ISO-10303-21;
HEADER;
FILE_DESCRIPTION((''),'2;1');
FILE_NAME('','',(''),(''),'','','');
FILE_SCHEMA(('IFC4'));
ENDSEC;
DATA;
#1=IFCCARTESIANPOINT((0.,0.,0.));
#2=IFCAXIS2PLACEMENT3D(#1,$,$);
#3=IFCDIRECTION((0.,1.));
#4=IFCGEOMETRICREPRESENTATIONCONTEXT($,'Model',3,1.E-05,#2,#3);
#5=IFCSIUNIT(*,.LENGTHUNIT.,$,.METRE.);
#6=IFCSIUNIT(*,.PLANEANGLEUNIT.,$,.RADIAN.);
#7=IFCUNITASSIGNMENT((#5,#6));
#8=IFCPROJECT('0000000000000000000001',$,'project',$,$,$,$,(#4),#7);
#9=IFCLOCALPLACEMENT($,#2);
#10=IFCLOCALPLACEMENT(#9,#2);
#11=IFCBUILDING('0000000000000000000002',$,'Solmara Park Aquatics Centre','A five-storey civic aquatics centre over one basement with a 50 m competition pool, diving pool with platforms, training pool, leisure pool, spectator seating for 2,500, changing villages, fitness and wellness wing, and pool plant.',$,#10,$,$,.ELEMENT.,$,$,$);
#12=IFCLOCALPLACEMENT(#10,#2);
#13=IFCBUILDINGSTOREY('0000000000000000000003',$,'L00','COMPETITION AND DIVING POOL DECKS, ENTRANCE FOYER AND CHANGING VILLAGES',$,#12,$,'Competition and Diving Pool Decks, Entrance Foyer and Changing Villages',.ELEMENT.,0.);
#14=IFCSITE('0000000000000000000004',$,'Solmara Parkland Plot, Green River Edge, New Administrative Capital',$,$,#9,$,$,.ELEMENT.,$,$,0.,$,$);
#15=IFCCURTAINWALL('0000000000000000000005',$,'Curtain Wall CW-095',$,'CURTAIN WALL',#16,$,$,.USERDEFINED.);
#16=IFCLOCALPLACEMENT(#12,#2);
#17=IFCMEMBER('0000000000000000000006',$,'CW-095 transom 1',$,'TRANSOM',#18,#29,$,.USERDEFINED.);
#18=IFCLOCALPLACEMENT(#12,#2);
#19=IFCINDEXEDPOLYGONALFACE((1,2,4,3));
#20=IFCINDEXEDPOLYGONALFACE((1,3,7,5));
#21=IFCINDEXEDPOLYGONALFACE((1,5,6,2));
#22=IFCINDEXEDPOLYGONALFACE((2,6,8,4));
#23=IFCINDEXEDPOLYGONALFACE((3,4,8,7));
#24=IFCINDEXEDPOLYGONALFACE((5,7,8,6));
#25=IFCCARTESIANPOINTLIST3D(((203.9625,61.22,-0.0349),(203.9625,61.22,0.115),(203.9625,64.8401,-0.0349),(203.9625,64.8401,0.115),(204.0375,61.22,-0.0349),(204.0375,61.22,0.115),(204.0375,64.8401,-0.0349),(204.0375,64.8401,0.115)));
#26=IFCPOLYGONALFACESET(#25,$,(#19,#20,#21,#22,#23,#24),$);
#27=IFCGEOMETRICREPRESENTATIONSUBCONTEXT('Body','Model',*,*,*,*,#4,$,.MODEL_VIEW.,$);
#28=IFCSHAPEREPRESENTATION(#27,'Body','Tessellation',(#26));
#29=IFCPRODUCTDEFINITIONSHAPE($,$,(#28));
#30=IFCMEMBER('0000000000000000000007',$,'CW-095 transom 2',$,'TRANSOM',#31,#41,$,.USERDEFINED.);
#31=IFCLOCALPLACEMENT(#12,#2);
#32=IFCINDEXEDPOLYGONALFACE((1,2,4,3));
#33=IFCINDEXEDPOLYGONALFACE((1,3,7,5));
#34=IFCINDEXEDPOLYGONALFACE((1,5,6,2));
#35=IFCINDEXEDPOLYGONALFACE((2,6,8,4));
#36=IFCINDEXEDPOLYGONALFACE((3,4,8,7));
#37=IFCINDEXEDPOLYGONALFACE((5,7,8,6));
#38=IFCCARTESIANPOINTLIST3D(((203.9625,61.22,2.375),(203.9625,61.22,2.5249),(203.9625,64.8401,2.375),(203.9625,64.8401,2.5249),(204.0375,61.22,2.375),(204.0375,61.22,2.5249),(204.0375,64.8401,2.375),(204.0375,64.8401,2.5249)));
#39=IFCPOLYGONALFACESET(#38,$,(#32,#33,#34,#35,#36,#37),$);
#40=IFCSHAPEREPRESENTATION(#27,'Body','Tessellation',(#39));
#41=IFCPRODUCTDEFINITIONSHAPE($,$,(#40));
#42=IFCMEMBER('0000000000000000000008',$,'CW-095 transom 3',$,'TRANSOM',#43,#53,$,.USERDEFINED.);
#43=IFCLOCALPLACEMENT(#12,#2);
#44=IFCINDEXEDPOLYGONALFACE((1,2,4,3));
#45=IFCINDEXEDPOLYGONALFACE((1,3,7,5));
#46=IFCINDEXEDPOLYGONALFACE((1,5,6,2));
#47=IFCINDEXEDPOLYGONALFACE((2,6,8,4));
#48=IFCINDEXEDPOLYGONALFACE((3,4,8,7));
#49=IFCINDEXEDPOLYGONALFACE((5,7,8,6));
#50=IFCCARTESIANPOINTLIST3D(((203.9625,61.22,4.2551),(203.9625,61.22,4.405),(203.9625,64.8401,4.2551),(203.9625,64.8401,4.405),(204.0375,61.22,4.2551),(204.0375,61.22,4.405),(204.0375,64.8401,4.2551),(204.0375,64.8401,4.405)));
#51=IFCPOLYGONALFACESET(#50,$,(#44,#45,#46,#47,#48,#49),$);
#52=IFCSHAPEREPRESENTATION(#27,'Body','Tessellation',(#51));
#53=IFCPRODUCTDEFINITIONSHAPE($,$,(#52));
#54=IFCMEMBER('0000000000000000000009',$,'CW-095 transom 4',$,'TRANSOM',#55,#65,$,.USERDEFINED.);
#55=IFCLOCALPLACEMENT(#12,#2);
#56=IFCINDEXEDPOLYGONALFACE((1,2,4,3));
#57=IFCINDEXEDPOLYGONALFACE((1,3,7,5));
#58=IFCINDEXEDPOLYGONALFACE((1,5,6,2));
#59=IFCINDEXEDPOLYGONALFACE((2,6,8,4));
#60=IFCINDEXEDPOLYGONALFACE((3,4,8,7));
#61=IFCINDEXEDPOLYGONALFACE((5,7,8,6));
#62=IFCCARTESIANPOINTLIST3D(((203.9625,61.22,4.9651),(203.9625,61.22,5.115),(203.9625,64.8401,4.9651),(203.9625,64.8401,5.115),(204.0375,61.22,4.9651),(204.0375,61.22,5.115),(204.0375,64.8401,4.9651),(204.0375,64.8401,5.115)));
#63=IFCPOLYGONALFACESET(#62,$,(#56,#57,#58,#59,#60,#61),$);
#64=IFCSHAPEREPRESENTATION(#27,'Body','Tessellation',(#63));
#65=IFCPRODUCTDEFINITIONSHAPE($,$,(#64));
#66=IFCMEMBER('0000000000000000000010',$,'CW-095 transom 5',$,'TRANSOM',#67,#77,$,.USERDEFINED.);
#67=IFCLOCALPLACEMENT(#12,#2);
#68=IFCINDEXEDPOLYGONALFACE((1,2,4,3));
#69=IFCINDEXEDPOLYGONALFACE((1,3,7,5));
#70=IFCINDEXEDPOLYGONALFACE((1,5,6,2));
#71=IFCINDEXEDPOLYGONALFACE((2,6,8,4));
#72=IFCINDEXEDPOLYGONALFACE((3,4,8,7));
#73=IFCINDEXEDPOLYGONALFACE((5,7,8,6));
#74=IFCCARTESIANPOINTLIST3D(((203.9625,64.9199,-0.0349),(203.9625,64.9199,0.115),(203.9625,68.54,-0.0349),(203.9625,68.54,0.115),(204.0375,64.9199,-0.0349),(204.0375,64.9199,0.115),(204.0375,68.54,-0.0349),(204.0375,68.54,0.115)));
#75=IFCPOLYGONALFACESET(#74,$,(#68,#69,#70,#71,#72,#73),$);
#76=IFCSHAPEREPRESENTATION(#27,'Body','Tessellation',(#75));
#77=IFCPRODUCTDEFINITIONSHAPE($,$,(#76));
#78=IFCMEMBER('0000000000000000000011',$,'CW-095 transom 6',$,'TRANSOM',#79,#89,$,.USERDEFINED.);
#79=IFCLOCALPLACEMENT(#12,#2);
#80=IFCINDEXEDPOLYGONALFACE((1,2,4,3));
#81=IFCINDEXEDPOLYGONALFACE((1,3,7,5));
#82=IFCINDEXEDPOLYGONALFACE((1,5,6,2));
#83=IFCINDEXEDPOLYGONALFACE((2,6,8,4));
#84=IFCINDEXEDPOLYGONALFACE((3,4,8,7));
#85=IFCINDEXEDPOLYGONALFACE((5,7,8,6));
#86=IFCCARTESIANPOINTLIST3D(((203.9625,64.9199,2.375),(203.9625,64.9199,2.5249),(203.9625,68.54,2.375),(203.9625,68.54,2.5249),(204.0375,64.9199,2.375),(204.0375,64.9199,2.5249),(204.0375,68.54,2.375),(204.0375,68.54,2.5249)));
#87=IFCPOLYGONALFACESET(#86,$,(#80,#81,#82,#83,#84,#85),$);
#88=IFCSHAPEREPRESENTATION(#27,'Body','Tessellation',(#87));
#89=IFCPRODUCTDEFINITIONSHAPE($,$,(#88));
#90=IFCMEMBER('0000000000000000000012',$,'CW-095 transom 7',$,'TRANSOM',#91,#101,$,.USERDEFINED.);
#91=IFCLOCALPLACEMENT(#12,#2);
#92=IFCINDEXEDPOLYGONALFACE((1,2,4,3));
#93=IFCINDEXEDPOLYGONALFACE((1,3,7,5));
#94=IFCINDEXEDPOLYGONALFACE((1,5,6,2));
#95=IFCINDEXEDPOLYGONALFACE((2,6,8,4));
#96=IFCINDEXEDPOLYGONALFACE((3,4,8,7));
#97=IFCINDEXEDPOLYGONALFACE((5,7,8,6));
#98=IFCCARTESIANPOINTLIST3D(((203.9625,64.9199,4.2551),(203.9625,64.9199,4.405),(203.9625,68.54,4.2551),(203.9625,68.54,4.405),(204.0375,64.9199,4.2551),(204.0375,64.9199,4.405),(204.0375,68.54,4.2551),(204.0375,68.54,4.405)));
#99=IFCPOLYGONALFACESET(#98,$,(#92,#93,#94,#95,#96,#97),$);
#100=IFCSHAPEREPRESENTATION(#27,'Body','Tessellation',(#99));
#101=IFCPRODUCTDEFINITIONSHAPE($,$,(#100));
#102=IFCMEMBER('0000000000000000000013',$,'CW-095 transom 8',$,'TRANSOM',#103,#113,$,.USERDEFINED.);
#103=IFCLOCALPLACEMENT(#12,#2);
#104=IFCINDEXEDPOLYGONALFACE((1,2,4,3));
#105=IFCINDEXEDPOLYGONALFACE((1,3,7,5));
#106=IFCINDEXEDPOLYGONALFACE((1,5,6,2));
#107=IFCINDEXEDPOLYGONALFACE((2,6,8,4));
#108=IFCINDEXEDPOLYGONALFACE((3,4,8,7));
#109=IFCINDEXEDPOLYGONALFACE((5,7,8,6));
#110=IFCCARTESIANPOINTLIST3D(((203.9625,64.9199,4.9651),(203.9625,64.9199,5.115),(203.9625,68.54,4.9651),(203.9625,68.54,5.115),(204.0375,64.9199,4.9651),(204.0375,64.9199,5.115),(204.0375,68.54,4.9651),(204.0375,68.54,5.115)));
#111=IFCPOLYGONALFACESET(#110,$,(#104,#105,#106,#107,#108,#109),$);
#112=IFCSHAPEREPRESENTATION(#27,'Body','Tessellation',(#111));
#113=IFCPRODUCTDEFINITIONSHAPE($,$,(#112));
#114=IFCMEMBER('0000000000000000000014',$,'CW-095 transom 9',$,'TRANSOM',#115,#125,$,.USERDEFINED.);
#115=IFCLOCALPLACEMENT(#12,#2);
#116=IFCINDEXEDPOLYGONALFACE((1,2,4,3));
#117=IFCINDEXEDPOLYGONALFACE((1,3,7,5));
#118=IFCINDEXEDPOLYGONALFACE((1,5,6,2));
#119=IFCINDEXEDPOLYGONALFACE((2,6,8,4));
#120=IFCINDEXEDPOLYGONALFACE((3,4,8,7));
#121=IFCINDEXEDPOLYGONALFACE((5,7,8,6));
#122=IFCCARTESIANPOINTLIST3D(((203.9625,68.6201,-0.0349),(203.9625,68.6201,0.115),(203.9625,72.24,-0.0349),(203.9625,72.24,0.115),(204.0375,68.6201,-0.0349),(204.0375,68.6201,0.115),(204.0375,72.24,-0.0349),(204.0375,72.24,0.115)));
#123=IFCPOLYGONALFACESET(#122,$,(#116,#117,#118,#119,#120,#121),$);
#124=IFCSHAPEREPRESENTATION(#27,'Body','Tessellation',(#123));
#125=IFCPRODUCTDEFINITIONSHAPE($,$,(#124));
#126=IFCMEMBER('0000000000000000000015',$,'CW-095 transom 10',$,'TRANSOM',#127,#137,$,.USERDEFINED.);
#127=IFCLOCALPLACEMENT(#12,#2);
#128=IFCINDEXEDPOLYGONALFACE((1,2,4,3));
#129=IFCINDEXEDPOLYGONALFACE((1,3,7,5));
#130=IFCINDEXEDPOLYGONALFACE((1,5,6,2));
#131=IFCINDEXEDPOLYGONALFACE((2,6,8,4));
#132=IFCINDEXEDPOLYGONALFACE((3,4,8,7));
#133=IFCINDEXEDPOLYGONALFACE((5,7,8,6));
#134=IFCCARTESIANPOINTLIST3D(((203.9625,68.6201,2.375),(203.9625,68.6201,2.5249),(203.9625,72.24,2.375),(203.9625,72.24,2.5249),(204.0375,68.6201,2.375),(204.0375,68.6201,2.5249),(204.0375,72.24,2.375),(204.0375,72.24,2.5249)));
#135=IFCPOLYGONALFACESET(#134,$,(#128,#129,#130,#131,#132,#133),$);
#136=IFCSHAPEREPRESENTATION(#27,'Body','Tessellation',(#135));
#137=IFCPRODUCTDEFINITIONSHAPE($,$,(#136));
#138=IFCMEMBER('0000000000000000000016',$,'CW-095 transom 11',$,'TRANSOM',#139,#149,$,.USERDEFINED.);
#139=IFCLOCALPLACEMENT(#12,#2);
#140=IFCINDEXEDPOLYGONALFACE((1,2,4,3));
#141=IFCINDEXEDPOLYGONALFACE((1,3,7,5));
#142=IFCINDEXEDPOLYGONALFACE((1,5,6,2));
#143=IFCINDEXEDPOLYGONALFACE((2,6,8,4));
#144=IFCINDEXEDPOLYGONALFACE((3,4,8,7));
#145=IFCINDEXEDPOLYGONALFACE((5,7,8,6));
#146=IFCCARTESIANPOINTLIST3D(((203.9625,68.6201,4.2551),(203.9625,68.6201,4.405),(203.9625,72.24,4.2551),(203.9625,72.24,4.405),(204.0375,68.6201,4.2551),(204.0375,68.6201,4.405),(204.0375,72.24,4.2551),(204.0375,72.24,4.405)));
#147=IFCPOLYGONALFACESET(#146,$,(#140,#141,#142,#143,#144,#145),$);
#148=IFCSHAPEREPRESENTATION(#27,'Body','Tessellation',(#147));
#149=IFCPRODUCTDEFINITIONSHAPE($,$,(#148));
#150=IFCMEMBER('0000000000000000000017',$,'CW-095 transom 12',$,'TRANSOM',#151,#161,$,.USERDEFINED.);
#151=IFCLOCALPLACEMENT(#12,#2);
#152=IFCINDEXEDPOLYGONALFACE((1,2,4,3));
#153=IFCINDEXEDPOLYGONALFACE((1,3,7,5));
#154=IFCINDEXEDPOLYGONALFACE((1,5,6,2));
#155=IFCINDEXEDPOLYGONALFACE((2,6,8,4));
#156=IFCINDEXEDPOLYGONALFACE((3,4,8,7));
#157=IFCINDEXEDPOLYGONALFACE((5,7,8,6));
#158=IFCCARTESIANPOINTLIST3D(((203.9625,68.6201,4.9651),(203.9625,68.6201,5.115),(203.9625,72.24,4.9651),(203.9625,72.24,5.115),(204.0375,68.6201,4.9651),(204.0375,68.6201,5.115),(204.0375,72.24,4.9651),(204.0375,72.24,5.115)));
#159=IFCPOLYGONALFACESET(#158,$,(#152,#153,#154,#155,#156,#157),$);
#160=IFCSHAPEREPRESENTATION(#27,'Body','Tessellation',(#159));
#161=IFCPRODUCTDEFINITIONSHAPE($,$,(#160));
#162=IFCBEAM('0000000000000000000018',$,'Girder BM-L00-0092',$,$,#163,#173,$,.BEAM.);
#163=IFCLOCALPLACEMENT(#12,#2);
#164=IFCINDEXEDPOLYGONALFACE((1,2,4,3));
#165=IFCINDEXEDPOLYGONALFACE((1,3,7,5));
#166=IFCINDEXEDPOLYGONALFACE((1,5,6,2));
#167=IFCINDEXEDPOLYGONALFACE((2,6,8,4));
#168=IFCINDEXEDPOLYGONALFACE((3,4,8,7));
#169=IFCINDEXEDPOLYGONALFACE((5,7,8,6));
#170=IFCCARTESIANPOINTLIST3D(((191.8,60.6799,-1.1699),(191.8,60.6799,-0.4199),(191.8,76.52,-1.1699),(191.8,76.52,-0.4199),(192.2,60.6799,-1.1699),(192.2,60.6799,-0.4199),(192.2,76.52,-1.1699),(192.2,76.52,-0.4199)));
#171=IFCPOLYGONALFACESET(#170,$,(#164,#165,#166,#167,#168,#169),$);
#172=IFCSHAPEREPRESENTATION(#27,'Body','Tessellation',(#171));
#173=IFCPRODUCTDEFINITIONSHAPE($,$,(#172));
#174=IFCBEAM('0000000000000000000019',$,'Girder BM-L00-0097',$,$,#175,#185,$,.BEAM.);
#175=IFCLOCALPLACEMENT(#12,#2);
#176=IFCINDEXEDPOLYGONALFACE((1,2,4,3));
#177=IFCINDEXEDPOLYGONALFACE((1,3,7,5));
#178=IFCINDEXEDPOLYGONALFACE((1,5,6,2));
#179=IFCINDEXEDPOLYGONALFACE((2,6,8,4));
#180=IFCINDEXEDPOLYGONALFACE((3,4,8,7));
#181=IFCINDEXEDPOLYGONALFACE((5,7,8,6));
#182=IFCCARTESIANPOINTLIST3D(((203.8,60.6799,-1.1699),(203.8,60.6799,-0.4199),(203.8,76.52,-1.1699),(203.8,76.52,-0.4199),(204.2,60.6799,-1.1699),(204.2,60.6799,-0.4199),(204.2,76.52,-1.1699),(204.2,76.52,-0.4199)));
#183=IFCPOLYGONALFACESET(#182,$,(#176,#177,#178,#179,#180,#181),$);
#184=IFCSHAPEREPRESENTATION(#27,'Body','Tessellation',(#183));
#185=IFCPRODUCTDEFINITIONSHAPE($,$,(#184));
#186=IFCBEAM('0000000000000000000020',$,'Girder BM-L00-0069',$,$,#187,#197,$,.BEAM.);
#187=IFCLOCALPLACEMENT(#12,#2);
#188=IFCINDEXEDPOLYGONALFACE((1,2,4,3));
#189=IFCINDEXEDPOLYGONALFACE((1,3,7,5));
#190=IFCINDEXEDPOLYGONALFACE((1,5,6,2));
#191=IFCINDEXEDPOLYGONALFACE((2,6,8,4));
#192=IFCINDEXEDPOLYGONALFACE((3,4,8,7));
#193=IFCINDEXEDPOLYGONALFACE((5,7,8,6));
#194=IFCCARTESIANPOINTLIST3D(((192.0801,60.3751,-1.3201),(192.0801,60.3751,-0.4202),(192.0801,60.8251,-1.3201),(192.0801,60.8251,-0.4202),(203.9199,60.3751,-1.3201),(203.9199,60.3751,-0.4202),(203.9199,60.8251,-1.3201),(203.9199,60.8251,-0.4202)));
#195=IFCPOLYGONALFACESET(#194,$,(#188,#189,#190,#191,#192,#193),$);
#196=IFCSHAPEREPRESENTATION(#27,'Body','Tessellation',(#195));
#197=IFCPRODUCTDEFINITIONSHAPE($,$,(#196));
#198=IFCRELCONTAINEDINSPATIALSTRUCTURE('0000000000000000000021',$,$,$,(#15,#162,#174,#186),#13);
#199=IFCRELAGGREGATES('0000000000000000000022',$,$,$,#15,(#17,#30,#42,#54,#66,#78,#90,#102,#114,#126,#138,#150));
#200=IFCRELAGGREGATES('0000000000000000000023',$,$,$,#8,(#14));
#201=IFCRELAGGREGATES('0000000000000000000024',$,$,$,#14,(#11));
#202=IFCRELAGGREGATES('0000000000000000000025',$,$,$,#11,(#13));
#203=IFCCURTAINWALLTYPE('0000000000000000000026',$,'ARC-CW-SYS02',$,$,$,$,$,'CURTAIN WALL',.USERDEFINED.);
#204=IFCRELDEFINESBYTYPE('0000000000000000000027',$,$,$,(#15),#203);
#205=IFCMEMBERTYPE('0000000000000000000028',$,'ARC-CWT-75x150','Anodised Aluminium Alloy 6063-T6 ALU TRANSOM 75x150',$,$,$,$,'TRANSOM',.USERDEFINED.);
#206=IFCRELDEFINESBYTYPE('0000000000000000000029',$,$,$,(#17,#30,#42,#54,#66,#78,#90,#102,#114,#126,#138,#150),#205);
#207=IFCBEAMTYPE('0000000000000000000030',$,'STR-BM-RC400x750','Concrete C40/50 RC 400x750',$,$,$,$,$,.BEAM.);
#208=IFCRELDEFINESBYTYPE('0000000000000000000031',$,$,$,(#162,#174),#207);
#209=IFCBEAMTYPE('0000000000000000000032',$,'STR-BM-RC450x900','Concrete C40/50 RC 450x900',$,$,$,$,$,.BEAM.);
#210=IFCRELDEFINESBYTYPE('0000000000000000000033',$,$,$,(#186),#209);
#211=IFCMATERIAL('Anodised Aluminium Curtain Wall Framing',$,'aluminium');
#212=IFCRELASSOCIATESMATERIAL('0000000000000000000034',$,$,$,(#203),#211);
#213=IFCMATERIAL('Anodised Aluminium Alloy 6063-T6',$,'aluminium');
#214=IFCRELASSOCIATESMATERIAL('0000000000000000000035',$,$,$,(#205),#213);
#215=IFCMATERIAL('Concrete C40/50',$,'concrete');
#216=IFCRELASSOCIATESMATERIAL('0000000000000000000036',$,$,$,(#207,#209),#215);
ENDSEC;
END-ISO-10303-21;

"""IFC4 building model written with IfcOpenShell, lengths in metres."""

from ifc_helpers import new_model, si_unit, direction, frame, origin, origin_2d, place, context, subcontext, project, spatial, rectangle, extrude, material, material_profile, profile_set, type_object, element, aggregate, save


model = new_model("IFC4")

# Units and contexts
model_context = context("Model", 3, precision=1e-05, world=origin(), true_north=direction((0.0, 1.0)))
body_context = subcontext(model_context, "Body", "Model", "MODEL_VIEW")
ifc_project = project(units=[si_unit("LENGTHUNIT", "METRE"), si_unit("PLANEANGLEUNIT", "RADIAN")], contexts=[model_context])

# Site, building, storey
site_placement = place(None, origin())
site = spatial("IfcSite", under=ifc_project, at=site_placement, Name="Solmara Parkland Plot, Green River Edge, New Administrative Capital", CompositionType="ELEMENT", RefElevation=0.0)
building_placement = place(site_placement, origin())
building = spatial("IfcBuilding", under=site, at=building_placement, Name="Solmara Park Aquatics Centre", Description="A five-storey civic aquatics centre over one basement with a 50 m competition pool, diving pool with platforms, training pool, leisure pool, spectator seating for 2,500, changing villages, fitness and wellness wing, and pool plant.", CompositionType="ELEMENT")
storey_placement = place(building_placement, origin())
storey = spatial("IfcBuildingStorey", under=building, at=storey_placement, Name="L00", Description="COMPETITION AND DIVING POOL DECKS, ENTRANCE FOYER AND CHANGING VILLAGES", LongName="Competition and Diving Pool Decks, Entrance Foyer and Changing Villages", CompositionType="ELEMENT", Elevation=0.0)

# Shared definitions
ifc_material_1 = material(Name="Concrete C40/50", Category="concrete")

# Shared definitions
ifc_material_2 = material(Name="Anodised Aluminium Curtain Wall Framing", Category="aluminium")
curtain_wall_type = type_object("IfcCurtainWallType", Name="ARC-CW-SYS02", ElementType="CURTAIN WALL", PredefinedType="USERDEFINED", material=ifc_material_2)
ifc_material_3 = material(Name="Anodised Aluminium Alloy 6063-T6", Category="aluminium")

# Curtain wall
curtain_wall_1_placement = place(storey_placement, origin())
curtain_wall_1 = element("IfcCurtainWall", 1, at=curtain_wall_1_placement, inside=storey, type_object=curtain_wall_type, Name="Curtain Wall CW-095", ObjectType="CURTAIN WALL", PredefinedType="USERDEFINED")

# Members
ifc_material_profile_1 = material_profile(ifc_material_3, rectangle(XDim=0.075, YDim=0.1499, at=origin_2d()), Name="ALU TRANSOM 75x150")
ifc_profile_set_1 = profile_set([ifc_material_profile_1], Name="Anodised Aluminium Alloy 6063-T6")
member_type_1 = type_object("IfcMemberType", Name="ARC-CWT-75x150", Description="Anodised Aluminium Alloy 6063-T6 ALU TRANSOM 75x150", ElementType="TRANSOM", PredefinedType="USERDEFINED", material=ifc_profile_set_1)
member_1_placement = place(storey_placement, frame((204.0, 61.22, 0.04), z_axis=(0.0, 1.0, 0.0), x_axis=(-1.0, 0.0, 0.0)))
member_1 = element("IfcMember", 2, at=member_1_placement, type_object=member_type_1, Name="CW-095 transom 1", ObjectType="TRANSOM", PredefinedType="USERDEFINED", context=body_context, shape_type="SweptSolid", body=[
    extrude(rectangle(XDim=0.075, YDim=0.1499, at=origin_2d()), origin(), (0.0, 0.0, 1.0), 3.6201),
])
member_2_placement = place(storey_placement, frame((204.0, 61.22, 2.45), z_axis=(0.0, 1.0, 0.0), x_axis=(-1.0, 0.0, 0.0)))
member_2 = element("IfcMember", 3, at=member_2_placement, type_object=member_type_1, Name="CW-095 transom 2", ObjectType="TRANSOM", PredefinedType="USERDEFINED", context=body_context, shape_type="SweptSolid", body=[
    extrude(rectangle(XDim=0.075, YDim=0.1499, at=origin_2d()), origin(), (0.0, 0.0, 1.0), 3.6201),
])
member_3_placement = place(storey_placement, frame((204.0, 61.22, 4.3301), z_axis=(0.0, 1.0, 0.0), x_axis=(-1.0, 0.0, 0.0)))
member_3 = element("IfcMember", 4, at=member_3_placement, type_object=member_type_1, Name="CW-095 transom 3", ObjectType="TRANSOM", PredefinedType="USERDEFINED", context=body_context, shape_type="SweptSolid", body=[
    extrude(rectangle(XDim=0.075, YDim=0.1499, at=origin_2d()), origin(), (0.0, 0.0, 1.0), 3.6201),
])
member_4_placement = place(storey_placement, frame((204.0, 61.22, 5.04), z_axis=(0.0, 1.0, 0.0), x_axis=(-1.0, 0.0, 0.0)))
member_4 = element("IfcMember", 5, at=member_4_placement, type_object=member_type_1, Name="CW-095 transom 4", ObjectType="TRANSOM", PredefinedType="USERDEFINED", context=body_context, shape_type="SweptSolid", body=[
    extrude(rectangle(XDim=0.075, YDim=0.1499, at=origin_2d()), origin(), (0.0, 0.0, 1.0), 3.6201),
])
member_5_placement = place(storey_placement, frame((204.0, 64.9199, 0.04), z_axis=(0.0, 1.0, 0.0), x_axis=(-1.0, 0.0, 0.0)))
member_5 = element("IfcMember", 6, at=member_5_placement, type_object=member_type_1, Name="CW-095 transom 5", ObjectType="TRANSOM", PredefinedType="USERDEFINED", context=body_context, shape_type="SweptSolid", body=[
    extrude(rectangle(XDim=0.075, YDim=0.1499, at=origin_2d()), origin(), (0.0, 0.0, 1.0), 3.6201),
])
member_6_placement = place(storey_placement, frame((204.0, 64.9199, 2.45), z_axis=(0.0, 1.0, 0.0), x_axis=(-1.0, 0.0, 0.0)))
member_6 = element("IfcMember", 7, at=member_6_placement, type_object=member_type_1, Name="CW-095 transom 6", ObjectType="TRANSOM", PredefinedType="USERDEFINED", context=body_context, shape_type="SweptSolid", body=[
    extrude(rectangle(XDim=0.075, YDim=0.1499, at=origin_2d()), origin(), (0.0, 0.0, 1.0), 3.6201),
])
member_7_placement = place(storey_placement, frame((204.0, 64.9199, 4.3301), z_axis=(0.0, 1.0, 0.0), x_axis=(-1.0, 0.0, 0.0)))
member_7 = element("IfcMember", 8, at=member_7_placement, type_object=member_type_1, Name="CW-095 transom 7", ObjectType="TRANSOM", PredefinedType="USERDEFINED", context=body_context, shape_type="SweptSolid", body=[
    extrude(rectangle(XDim=0.075, YDim=0.1499, at=origin_2d()), origin(), (0.0, 0.0, 1.0), 3.6201),
])
member_8_placement = place(storey_placement, frame((204.0, 64.9199, 5.04), z_axis=(0.0, 1.0, 0.0), x_axis=(-1.0, 0.0, 0.0)))
member_8 = element("IfcMember", 9, at=member_8_placement, type_object=member_type_1, Name="CW-095 transom 8", ObjectType="TRANSOM", PredefinedType="USERDEFINED", context=body_context, shape_type="SweptSolid", body=[
    extrude(rectangle(XDim=0.075, YDim=0.1499, at=origin_2d()), origin(), (0.0, 0.0, 1.0), 3.6201),
])
member_9_placement = place(storey_placement, frame((204.0, 68.6201, 0.04), z_axis=(0.0, 1.0, 0.0), x_axis=(-1.0, 0.0, 0.0)))
member_9 = element("IfcMember", 10, at=member_9_placement, type_object=member_type_1, Name="CW-095 transom 9", ObjectType="TRANSOM", PredefinedType="USERDEFINED", context=body_context, shape_type="SweptSolid", body=[
    extrude(rectangle(XDim=0.075, YDim=0.1499, at=origin_2d()), origin(), (0.0, 0.0, 1.0), 3.6199),
])
member_10_placement = place(storey_placement, frame((204.0, 68.6201, 2.45), z_axis=(0.0, 1.0, 0.0), x_axis=(-1.0, 0.0, 0.0)))
member_10 = element("IfcMember", 11, at=member_10_placement, type_object=member_type_1, Name="CW-095 transom 10", ObjectType="TRANSOM", PredefinedType="USERDEFINED", context=body_context, shape_type="SweptSolid", body=[
    extrude(rectangle(XDim=0.075, YDim=0.1499, at=origin_2d()), origin(), (0.0, 0.0, 1.0), 3.6199),
])
member_11_placement = place(storey_placement, frame((204.0, 68.6201, 4.3301), z_axis=(0.0, 1.0, 0.0), x_axis=(-1.0, 0.0, 0.0)))
member_11 = element("IfcMember", 12, at=member_11_placement, type_object=member_type_1, Name="CW-095 transom 11", ObjectType="TRANSOM", PredefinedType="USERDEFINED", context=body_context, shape_type="SweptSolid", body=[
    extrude(rectangle(XDim=0.075, YDim=0.1499, at=origin_2d()), origin(), (0.0, 0.0, 1.0), 3.6199),
])
member_12_placement = place(storey_placement, frame((204.0, 68.6201, 5.04), z_axis=(0.0, 1.0, 0.0), x_axis=(-1.0, 0.0, 0.0)))
member_12 = element("IfcMember", 13, at=member_12_placement, type_object=member_type_1, Name="CW-095 transom 12", ObjectType="TRANSOM", PredefinedType="USERDEFINED", context=body_context, shape_type="SweptSolid", body=[
    extrude(rectangle(XDim=0.075, YDim=0.1499, at=origin_2d()), origin(), (0.0, 0.0, 1.0), 3.6199),
])

# Beams
ifc_material_profile_2 = material_profile(ifc_material_1, rectangle(XDim=0.3999, YDim=0.75, at=origin_2d()), Name="RC 400x750")
ifc_profile_set_2 = profile_set([ifc_material_profile_2], Name="Concrete C40/50")
beam_type_1 = type_object("IfcBeamType", Name="STR-BM-RC400x750", Description="Concrete C40/50 RC 400x750", PredefinedType="BEAM", material=ifc_profile_set_2)
for number, where, z_axis, x_axis, name in (
    (14, (192.0, 60.6799, -0.7949), (0.0, 1.0, 0.0), (-1.0, 0.0, 0.0), "Girder BM-L00-0092"),
    (15, (204.0, 60.6799, -0.7949), (0.0, 1.0, 0.0), (-1.0, 0.0, 0.0), "Girder BM-L00-0097"),
):
    element("IfcBeam", number, at=place(storey_placement, frame(where, z_axis=z_axis, x_axis=x_axis)), inside=storey, type_object=beam_type_1, Name=name, PredefinedType="BEAM", context=body_context, shape_type="SweptSolid", body=[
        extrude(rectangle(XDim=0.3999, YDim=0.75, at=origin_2d()), origin(), (0.0, 0.0, 1.0), 15.8401),
    ])
ifc_material_profile_3 = material_profile(ifc_material_1, rectangle(XDim=0.45, YDim=0.8999, at=origin_2d()), Name="RC 450x900")
ifc_profile_set_3 = profile_set([ifc_material_profile_3], Name="Concrete C40/50")
beam_type_2 = type_object("IfcBeamType", Name="STR-BM-RC450x900", Description="Concrete C40/50 RC 450x900", PredefinedType="BEAM", material=ifc_profile_set_3)
beam_1_placement = place(storey_placement, frame((192.0801, 60.6001, -0.8701), z_axis=(1.0, 0.0, 0.0), x_axis=(0.0, 1.0, 0.0)))
element("IfcBeam", 16, at=beam_1_placement, inside=storey, type_object=beam_type_2, Name="Girder BM-L00-0069", PredefinedType="BEAM", context=body_context, shape_type="SweptSolid", body=[
    extrude(rectangle(XDim=0.45, YDim=0.8999, at=origin_2d()), origin(), (0.0, 0.0, 1.0), 11.8398),
])

aggregate(curtain_wall_1, [member_1, member_2, member_3, member_4, member_5, member_6, member_7, member_8, member_9, member_10, member_11, member_12])

save(model, "model.ifc")
